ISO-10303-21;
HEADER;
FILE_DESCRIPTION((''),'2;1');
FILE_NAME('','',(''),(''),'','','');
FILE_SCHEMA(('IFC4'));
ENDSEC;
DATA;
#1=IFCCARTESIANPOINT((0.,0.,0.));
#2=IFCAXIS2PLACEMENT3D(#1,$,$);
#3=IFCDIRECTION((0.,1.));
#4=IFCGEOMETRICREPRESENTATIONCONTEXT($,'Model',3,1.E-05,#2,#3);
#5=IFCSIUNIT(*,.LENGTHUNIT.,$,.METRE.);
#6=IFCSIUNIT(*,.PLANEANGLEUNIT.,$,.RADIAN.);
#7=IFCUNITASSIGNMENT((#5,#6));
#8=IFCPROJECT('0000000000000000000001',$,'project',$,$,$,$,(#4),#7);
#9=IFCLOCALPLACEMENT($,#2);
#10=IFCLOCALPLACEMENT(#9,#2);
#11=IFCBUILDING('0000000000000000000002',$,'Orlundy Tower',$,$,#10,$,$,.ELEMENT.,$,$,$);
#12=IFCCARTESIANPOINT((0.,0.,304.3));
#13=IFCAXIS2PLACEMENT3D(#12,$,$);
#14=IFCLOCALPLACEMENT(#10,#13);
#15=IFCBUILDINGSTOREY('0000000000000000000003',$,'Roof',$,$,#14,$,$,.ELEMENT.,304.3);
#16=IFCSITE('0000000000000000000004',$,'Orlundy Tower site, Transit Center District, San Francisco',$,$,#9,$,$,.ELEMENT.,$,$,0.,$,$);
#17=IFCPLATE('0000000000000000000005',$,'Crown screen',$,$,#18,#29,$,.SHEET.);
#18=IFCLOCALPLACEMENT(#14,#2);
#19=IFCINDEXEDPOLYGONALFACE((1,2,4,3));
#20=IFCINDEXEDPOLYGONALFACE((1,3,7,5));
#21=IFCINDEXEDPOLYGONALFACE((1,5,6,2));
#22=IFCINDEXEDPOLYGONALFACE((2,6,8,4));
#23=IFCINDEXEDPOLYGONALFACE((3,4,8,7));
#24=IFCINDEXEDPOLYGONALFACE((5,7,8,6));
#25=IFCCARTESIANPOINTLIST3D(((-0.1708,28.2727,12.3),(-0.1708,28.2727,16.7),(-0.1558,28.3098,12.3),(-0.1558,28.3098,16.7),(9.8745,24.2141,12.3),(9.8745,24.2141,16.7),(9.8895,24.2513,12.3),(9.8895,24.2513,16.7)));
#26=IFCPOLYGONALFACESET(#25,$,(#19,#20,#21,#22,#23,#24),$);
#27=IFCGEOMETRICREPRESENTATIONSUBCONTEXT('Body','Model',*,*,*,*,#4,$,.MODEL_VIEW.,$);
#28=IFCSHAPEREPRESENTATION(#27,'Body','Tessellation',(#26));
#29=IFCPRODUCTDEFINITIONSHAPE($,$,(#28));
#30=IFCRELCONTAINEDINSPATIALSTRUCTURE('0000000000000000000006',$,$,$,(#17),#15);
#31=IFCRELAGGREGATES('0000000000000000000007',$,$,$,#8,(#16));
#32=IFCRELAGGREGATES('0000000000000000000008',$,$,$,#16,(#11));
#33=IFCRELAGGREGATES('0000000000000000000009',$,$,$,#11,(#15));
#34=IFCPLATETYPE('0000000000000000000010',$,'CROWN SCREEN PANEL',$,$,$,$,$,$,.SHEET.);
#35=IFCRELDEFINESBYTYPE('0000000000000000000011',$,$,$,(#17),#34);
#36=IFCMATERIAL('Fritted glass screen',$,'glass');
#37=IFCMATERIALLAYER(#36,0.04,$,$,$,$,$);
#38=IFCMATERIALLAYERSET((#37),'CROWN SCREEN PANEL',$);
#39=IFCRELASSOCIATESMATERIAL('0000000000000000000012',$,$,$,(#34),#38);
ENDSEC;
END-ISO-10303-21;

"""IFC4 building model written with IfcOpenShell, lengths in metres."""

from ifc_helpers import new_model, si_unit, direction, frame, origin, origin_2d, place, context, subcontext, project, spatial, rectangle, extrude, material, layer, layer_set, type_object, element, save


model = new_model("IFC4")

# Units and contexts
model_context = context("Model", 3, precision=1e-05, world=origin(), true_north=direction((0.0, 1.0)))
body_context = subcontext(model_context, "Body", "Model", "MODEL_VIEW")
ifc_project = project(units=[si_unit("LENGTHUNIT", "METRE"), si_unit("PLANEANGLEUNIT", "RADIAN")], contexts=[model_context])

# Site, building, storey
site_placement = place(None, origin())
site = spatial("IfcSite", under=ifc_project, at=site_placement, Name="Orlundy Tower site, Transit Center District, San Francisco", CompositionType="ELEMENT", RefElevation=0.0)
building_placement = place(site_placement, origin())
building = spatial("IfcBuilding", under=site, at=building_placement, Name="Orlundy Tower", CompositionType="ELEMENT")
storey_placement = place(building_placement, frame((0.0, 0.0, 304.3)))
storey = spatial("IfcBuildingStorey", under=building, at=storey_placement, Name="Roof", CompositionType="ELEMENT", Elevation=304.3)

# Plate
ifc_material_1 = material(Name="Fritted glass screen", Category="glass")
ifc_layer = layer(ifc_material_1, 0.04)
ifc_layer_set = layer_set([ifc_layer], Name="CROWN SCREEN PANEL")
plate_type = type_object("IfcPlateType", Name="CROWN SCREEN PANEL", PredefinedType="SHEET", material=ifc_layer_set)
for number, where, z_axis, x_axis, name in (
    (1, (4.8594, 26.262, 12.3), (0.0, 0.0, 1.0), (-0.927185, 0.374604, 0.0), "Crown screen"),
):
    element("IfcPlate", number, at=place(storey_placement, frame(where, z_axis=z_axis, x_axis=x_axis)), inside=storey, type_object=plate_type, Name=name, PredefinedType="SHEET", context=body_context, shape_type="SweptSolid", body=[
        extrude(rectangle(XDim=10.8342, YDim=0.04, at=origin_2d()), origin(), (0.0, 0.0, 1.0), 4.3999),
    ])

save(model, "model.ifc")
